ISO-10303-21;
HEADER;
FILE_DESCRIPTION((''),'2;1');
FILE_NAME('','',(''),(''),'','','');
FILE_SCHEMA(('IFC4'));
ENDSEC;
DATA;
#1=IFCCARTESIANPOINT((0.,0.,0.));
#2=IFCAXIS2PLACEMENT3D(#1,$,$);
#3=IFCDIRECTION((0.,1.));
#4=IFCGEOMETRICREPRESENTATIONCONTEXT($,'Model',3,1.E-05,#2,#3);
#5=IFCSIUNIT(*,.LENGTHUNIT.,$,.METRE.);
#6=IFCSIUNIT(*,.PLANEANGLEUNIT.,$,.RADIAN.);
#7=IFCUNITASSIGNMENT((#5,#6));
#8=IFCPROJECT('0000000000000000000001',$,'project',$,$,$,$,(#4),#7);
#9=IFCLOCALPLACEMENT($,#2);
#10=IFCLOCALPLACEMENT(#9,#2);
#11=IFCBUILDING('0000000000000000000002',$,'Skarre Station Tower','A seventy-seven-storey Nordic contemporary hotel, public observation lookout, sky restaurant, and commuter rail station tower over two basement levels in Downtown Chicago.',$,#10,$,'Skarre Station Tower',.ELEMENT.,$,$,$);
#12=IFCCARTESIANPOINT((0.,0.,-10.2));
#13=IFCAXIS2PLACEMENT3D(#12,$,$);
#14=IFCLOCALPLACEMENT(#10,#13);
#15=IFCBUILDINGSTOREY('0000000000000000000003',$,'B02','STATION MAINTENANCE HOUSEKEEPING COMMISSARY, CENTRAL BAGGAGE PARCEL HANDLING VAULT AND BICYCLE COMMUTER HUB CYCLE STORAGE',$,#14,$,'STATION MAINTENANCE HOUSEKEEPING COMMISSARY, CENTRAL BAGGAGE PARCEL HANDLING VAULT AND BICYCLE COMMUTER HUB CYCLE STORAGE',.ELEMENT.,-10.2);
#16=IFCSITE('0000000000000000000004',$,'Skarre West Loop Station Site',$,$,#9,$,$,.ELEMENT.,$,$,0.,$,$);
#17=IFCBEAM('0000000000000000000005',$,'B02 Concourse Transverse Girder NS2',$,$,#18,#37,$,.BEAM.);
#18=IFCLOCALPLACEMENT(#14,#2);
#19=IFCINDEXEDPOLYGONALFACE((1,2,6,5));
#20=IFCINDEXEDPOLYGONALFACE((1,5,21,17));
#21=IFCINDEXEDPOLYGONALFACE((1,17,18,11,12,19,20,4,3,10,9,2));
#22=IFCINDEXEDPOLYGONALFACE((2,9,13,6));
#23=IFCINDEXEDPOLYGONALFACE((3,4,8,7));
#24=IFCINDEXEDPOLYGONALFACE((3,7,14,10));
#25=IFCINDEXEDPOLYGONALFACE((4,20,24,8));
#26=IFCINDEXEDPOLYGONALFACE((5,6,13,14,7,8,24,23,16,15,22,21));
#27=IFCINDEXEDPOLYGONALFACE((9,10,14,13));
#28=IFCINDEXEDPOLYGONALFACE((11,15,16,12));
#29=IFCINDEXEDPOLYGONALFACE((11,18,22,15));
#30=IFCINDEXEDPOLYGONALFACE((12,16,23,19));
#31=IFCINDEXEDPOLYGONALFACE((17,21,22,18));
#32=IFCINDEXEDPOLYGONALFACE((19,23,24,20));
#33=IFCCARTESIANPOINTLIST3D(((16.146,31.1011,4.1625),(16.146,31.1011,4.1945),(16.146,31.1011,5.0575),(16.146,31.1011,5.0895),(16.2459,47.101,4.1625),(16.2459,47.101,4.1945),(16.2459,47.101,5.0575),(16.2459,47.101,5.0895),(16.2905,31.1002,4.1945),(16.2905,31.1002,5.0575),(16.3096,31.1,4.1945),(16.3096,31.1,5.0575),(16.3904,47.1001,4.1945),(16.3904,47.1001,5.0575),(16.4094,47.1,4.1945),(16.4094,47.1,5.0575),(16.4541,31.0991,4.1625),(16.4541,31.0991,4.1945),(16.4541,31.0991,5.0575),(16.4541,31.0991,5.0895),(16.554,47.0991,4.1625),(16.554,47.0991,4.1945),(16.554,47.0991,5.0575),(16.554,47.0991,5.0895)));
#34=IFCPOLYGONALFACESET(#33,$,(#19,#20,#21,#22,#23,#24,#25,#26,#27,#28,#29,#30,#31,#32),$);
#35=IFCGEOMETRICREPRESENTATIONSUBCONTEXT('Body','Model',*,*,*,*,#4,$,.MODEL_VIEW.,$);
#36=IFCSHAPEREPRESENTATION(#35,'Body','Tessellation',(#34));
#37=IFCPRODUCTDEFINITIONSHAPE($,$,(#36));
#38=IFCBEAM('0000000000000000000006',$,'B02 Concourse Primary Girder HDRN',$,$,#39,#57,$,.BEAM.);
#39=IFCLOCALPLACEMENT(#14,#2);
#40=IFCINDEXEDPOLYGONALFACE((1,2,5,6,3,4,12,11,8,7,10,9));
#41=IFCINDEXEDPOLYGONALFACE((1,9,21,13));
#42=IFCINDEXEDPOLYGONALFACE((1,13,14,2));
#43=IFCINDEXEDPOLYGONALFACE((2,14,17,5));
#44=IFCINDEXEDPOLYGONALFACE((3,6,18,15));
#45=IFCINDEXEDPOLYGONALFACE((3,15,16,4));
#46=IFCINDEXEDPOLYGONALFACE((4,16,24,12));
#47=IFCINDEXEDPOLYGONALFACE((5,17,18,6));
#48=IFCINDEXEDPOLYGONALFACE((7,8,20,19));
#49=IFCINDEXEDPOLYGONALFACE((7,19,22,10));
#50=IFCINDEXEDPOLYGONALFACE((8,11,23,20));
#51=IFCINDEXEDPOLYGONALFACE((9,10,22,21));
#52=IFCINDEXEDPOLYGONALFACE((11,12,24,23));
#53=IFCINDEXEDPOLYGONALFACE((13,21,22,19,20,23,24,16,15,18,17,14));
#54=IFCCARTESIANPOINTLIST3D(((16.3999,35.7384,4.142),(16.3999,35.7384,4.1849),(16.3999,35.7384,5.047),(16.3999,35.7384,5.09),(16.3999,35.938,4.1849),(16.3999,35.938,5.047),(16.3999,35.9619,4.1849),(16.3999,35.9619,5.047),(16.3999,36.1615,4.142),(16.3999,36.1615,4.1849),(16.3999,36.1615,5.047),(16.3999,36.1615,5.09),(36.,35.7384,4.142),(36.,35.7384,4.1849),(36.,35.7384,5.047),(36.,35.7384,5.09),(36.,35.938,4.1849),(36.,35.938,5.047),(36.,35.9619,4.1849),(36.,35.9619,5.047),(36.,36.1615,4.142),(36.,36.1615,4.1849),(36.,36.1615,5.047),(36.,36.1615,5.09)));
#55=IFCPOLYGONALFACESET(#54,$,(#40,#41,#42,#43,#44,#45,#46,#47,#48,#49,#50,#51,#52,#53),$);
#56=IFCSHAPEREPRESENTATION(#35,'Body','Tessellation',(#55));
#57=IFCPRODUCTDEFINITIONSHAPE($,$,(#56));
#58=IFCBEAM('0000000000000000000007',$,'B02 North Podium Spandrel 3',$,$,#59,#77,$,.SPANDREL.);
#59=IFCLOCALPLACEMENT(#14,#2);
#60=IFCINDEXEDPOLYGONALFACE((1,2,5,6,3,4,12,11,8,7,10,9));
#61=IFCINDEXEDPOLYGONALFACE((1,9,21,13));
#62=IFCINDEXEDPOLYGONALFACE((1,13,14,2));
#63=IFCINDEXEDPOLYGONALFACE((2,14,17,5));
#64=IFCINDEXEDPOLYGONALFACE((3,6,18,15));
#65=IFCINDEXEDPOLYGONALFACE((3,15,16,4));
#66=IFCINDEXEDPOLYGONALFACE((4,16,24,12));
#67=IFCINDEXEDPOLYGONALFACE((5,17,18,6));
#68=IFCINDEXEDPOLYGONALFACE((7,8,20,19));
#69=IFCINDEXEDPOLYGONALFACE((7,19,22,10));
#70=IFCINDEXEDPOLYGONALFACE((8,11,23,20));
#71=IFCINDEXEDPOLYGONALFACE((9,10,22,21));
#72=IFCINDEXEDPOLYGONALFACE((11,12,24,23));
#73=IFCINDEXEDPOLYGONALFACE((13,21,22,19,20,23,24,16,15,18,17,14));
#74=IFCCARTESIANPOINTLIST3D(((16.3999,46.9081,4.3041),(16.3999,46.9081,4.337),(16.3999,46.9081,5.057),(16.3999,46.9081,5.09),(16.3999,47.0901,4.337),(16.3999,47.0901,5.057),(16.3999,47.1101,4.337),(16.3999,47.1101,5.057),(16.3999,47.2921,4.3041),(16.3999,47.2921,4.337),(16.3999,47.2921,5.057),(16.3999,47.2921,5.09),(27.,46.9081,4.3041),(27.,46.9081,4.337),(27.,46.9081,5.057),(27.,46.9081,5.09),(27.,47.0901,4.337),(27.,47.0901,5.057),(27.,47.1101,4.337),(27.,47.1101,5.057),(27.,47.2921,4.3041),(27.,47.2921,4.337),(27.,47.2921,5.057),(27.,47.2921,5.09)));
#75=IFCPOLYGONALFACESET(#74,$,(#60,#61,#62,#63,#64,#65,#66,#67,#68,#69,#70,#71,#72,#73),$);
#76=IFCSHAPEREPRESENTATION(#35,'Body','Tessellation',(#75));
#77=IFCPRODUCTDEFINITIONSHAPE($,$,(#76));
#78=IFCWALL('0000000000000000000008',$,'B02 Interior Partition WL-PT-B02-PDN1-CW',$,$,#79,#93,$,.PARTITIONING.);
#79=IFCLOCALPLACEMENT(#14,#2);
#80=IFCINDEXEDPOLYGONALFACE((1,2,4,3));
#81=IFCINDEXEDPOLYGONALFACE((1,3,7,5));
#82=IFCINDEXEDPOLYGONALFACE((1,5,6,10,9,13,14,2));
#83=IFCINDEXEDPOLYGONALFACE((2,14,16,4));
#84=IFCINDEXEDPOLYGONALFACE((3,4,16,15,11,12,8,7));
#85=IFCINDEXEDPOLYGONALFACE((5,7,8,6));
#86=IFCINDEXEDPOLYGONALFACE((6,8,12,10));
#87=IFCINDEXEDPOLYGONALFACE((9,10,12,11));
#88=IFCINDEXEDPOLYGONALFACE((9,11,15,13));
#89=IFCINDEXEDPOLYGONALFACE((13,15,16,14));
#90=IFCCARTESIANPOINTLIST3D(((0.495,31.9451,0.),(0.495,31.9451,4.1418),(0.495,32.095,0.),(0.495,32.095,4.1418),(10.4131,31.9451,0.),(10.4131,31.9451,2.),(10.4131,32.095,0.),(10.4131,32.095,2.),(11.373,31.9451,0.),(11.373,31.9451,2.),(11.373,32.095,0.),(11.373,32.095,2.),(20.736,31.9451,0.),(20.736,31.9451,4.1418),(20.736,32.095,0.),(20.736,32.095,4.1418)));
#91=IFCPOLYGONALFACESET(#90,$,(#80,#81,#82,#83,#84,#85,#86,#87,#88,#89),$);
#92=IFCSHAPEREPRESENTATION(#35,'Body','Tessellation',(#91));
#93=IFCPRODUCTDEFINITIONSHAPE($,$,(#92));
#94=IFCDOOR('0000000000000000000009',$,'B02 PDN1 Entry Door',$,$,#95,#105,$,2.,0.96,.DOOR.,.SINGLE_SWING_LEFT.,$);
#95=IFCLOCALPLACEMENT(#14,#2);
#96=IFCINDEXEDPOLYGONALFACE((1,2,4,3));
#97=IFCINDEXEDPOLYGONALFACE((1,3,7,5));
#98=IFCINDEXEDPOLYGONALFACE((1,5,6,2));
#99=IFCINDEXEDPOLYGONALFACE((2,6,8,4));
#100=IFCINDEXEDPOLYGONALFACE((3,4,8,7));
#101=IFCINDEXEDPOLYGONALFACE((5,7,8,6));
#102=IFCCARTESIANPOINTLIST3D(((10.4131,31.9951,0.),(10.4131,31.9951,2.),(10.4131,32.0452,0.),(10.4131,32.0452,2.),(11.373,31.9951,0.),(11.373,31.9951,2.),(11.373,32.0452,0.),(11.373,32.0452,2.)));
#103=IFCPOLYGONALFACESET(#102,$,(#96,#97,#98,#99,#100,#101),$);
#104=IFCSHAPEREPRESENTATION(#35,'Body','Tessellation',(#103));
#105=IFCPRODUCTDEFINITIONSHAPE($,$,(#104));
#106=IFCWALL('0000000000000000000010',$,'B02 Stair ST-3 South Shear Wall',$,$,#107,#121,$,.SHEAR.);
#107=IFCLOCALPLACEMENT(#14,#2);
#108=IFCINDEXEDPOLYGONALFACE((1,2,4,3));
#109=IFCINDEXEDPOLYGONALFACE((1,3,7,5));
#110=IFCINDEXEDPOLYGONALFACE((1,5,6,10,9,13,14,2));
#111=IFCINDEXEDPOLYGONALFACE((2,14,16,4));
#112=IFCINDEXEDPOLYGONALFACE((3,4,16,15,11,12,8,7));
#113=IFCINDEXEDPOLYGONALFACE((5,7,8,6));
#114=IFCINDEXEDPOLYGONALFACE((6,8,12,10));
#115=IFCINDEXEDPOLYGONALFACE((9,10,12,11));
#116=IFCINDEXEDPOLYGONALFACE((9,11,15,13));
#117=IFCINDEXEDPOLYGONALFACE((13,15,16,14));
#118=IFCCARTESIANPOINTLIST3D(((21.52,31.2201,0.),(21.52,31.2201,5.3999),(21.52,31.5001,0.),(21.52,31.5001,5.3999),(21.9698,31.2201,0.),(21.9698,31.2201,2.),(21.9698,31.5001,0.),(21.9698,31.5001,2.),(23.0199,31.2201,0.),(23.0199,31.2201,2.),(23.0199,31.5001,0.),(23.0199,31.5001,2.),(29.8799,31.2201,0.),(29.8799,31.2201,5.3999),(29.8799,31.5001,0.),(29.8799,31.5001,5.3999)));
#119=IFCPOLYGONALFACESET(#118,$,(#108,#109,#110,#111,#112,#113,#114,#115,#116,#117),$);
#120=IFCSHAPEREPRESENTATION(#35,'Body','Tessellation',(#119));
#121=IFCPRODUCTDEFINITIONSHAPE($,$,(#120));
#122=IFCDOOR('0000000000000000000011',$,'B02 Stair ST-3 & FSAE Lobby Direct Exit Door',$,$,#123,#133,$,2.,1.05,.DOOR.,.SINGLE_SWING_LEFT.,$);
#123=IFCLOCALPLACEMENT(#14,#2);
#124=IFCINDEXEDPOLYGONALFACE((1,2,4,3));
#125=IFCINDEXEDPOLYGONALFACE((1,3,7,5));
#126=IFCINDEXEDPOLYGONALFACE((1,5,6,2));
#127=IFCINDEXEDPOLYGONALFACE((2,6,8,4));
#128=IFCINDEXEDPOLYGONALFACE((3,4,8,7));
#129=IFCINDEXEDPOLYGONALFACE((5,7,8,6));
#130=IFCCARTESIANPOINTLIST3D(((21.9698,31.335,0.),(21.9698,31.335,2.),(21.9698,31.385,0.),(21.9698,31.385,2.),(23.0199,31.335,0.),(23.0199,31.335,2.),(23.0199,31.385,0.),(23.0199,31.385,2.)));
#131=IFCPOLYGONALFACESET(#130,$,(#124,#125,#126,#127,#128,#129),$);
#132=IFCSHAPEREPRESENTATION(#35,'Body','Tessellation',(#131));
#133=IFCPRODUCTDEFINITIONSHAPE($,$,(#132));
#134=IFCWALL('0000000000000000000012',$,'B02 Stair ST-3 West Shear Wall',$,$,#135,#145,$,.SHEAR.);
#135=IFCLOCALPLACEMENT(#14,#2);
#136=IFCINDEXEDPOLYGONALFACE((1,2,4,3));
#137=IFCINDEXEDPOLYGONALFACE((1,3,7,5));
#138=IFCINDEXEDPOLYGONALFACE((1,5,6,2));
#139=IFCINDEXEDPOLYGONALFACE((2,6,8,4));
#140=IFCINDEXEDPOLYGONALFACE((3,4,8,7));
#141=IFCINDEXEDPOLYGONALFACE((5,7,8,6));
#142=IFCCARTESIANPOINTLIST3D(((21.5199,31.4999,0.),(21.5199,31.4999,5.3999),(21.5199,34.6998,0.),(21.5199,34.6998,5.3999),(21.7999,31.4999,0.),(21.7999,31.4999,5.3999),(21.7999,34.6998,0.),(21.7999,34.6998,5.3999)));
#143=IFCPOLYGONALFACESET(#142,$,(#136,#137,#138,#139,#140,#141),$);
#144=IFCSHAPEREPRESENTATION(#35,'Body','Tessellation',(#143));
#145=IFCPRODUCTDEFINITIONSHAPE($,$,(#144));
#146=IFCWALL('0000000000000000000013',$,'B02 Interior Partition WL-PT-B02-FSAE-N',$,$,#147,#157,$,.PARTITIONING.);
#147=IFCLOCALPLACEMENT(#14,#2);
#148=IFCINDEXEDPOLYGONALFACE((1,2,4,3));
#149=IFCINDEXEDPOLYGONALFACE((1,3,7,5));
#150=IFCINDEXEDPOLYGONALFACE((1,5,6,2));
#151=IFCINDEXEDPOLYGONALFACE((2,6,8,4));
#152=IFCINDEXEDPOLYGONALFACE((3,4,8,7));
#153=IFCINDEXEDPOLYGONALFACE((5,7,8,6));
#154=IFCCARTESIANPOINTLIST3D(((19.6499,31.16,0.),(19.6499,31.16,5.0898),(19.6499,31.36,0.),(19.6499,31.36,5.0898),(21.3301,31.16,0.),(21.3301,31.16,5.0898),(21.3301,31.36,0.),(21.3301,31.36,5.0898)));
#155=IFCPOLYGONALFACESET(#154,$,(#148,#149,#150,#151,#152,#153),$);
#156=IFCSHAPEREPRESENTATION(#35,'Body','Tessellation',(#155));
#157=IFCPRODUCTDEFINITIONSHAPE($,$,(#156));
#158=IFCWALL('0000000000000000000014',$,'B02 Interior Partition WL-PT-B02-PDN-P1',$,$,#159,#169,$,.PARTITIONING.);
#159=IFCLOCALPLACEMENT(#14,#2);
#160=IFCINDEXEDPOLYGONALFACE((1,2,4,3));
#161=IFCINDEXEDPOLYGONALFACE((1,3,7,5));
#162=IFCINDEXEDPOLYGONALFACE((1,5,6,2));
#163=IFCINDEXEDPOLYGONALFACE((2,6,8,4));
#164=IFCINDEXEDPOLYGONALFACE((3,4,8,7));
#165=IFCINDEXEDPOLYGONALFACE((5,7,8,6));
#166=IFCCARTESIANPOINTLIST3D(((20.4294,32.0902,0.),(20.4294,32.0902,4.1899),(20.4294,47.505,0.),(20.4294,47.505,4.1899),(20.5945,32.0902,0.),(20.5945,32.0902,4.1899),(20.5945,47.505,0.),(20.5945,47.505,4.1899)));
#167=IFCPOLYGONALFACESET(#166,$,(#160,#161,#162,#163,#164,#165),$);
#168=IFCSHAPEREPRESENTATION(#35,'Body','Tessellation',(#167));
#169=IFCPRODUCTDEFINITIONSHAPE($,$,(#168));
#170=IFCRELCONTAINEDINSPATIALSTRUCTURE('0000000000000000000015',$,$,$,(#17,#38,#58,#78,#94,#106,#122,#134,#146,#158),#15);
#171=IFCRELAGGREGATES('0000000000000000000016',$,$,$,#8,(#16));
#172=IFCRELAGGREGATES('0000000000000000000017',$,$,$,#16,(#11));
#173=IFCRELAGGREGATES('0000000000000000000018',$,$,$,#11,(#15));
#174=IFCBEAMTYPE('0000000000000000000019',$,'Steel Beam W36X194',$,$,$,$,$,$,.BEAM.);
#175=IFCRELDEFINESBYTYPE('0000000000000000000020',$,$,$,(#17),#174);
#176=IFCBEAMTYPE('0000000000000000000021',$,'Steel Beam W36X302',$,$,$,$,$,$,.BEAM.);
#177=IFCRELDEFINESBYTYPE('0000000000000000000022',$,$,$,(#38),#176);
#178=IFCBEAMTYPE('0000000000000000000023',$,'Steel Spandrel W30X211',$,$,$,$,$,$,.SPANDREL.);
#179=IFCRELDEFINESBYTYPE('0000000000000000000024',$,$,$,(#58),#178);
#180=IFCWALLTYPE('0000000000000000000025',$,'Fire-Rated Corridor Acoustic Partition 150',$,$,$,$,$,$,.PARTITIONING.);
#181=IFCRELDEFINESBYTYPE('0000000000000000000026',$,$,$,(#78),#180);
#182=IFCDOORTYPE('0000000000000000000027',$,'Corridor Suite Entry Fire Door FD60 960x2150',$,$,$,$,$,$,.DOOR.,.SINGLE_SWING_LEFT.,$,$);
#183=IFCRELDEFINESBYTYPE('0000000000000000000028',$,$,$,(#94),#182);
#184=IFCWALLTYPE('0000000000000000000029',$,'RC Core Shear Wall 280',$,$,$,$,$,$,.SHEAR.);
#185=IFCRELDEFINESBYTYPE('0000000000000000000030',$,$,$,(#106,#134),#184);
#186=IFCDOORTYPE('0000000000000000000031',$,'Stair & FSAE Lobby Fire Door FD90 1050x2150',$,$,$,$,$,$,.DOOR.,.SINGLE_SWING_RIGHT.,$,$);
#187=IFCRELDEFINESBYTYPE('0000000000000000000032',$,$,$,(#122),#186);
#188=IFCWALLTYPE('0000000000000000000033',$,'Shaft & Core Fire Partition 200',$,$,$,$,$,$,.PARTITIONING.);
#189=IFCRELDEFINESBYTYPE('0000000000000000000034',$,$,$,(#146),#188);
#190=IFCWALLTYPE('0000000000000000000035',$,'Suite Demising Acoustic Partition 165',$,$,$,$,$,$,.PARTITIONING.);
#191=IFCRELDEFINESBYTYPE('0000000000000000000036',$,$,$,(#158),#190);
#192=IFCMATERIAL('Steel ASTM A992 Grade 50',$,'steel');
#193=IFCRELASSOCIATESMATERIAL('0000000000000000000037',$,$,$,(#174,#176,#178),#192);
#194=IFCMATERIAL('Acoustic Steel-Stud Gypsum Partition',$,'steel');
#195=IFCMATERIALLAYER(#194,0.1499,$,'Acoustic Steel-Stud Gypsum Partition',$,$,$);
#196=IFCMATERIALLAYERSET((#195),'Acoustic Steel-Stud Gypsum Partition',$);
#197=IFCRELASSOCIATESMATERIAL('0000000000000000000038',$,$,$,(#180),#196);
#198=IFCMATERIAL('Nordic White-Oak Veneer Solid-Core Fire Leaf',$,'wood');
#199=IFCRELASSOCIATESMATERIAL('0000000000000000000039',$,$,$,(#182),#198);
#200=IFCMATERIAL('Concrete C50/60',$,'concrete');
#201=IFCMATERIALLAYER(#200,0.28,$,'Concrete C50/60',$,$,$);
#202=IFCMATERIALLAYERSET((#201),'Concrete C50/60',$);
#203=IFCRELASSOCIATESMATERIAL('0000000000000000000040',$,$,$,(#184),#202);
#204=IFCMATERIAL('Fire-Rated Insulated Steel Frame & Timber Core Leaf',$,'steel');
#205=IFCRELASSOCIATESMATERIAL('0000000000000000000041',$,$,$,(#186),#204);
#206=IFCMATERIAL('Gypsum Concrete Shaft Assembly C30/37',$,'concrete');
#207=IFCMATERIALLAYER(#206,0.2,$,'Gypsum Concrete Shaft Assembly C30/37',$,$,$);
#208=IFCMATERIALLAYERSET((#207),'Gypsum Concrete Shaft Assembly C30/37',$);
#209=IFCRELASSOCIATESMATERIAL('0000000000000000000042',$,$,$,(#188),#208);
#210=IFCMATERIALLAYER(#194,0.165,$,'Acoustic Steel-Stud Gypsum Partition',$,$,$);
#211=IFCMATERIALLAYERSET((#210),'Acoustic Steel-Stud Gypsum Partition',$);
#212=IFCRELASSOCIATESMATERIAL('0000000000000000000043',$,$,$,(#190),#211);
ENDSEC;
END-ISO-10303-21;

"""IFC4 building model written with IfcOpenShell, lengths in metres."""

from ifc_helpers import new_model, si_unit, direction, frame, frame_2d, origin, origin_2d, place, context, subcontext, project, spatial, rectangle, i_section, extrude, material, layer, layer_set, material_profile, profile_set, type_object, element, fill, save


model = new_model("IFC4")

# Units and contexts
model_context = context("Model", 3, precision=1e-05, world=origin(), true_north=direction((0.0, 1.0)))
body_context = subcontext(model_context, "Body", "Model", "MODEL_VIEW")
ifc_project = project(units=[si_unit("LENGTHUNIT", "METRE"), si_unit("PLANEANGLEUNIT", "RADIAN")], contexts=[model_context])

# Site, building, storey
site_placement = place(None, origin())
site = spatial("IfcSite", under=ifc_project, at=site_placement, Name="Skarre West Loop Station Site", CompositionType="ELEMENT", RefElevation=0.0)
building_placement = place(site_placement, origin())
building = spatial("IfcBuilding", under=site, at=building_placement, Name="Skarre Station Tower", Description="A seventy-seven-storey Nordic contemporary hotel, public observation lookout, sky restaurant, and commuter rail station tower over two basement levels in Downtown Chicago.", LongName="Skarre Station Tower", CompositionType="ELEMENT")
storey_placement = place(building_placement, frame((0.0, 0.0, -10.2)))
storey = spatial("IfcBuildingStorey", under=building, at=storey_placement, Name="B02", Description="STATION MAINTENANCE HOUSEKEEPING COMMISSARY, CENTRAL BAGGAGE PARCEL HANDLING VAULT AND BICYCLE COMMUTER HUB CYCLE STORAGE", LongName="STATION MAINTENANCE HOUSEKEEPING COMMISSARY, CENTRAL BAGGAGE PARCEL HANDLING VAULT AND BICYCLE COMMUTER HUB CYCLE STORAGE", CompositionType="ELEMENT", Elevation=-10.2)

# Shared definitions
ifc_material_1 = material(Name="Concrete C50/60", Category="concrete")

# Beams
ifc_material_2 = material(Name="Steel ASTM A992 Grade 50", Category="steel")
ifc_material_profile_1 = material_profile(ifc_material_2, i_section(OverallWidth=0.3081, OverallDepth=0.927, WebThickness=0.019, FlangeThickness=0.032, at=origin_2d()), Name="Steel ASTM A992 Grade 50")
ifc_profile_set_1 = profile_set([ifc_material_profile_1], Name="Steel ASTM A992 Grade 50")
beam_type_1 = type_object("IfcBeamType", Name="Steel Beam W36X194", PredefinedType="BEAM", material=ifc_profile_set_1)
beam_1_placement = place(storey_placement, frame((16.3, 31.1001, 4.626), z_axis=(0.006241, 0.999981, 0.0), x_axis=(-0.999981, 0.006241, 0.0)))
element("IfcBeam", 1, at=beam_1_placement, inside=storey, type_object=beam_type_1, Name="B02 Concourse Transverse Girder NS2", PredefinedType="BEAM", context=body_context, shape_type="SweptSolid", body=[
    extrude(i_section(OverallWidth=0.3081, OverallDepth=0.927, WebThickness=0.019, FlangeThickness=0.032, at=origin_2d()), origin(), (0.0, 0.0, 1.0), 16.0002),
])
ifc_material_profile_2 = material_profile(ifc_material_2, i_section(OverallWidth=0.4231, OverallDepth=0.948, WebThickness=0.0239, FlangeThickness=0.043, at=origin_2d()), Name="Steel ASTM A992 Grade 50")
ifc_profile_set_2 = profile_set([ifc_material_profile_2], Name="Steel ASTM A992 Grade 50")
beam_type_2 = type_object("IfcBeamType", Name="Steel Beam W36X302", PredefinedType="BEAM", material=ifc_profile_set_2)
beam_2_placement = place(storey_placement, frame((16.3999, 35.95, 4.616), z_axis=(1.0, 0.0, 0.0), x_axis=(0.0, 1.0, 0.0)))
element("IfcBeam", 2, at=beam_2_placement, inside=storey, type_object=beam_type_2, Name="B02 Concourse Primary Girder HDRN", PredefinedType="BEAM", context=body_context, shape_type="SweptSolid", body=[
    extrude(i_section(OverallWidth=0.4231, OverallDepth=0.948, WebThickness=0.0239, FlangeThickness=0.043, at=origin_2d()), origin(), (0.0, 0.0, 1.0), 19.6001),
])
ifc_material_profile_3 = material_profile(ifc_material_2, i_section(OverallWidth=0.384, OverallDepth=0.7859, WebThickness=0.02, FlangeThickness=0.033, at=origin_2d()), Name="Steel ASTM A992 Grade 50")
ifc_profile_set_3 = profile_set([ifc_material_profile_3], Name="Steel ASTM A992 Grade 50")
beam_type_3 = type_object("IfcBeamType", Name="Steel Spandrel W30X211", PredefinedType="SPANDREL", material=ifc_profile_set_3)
beam_3_placement = place(storey_placement, frame((16.3999, 47.1001, 4.697), z_axis=(1.0, 0.0, 0.0), x_axis=(0.0, 1.0, 0.0)))
element("IfcBeam", 3, at=beam_3_placement, inside=storey, type_object=beam_type_3, Name="B02 North Podium Spandrel 3", PredefinedType="SPANDREL", context=body_context, shape_type="SweptSolid", body=[
    extrude(i_section(OverallWidth=0.384, OverallDepth=0.7859, WebThickness=0.02, FlangeThickness=0.033, at=origin_2d()), origin(), (0.0, 0.0, 1.0), 10.6001),
])

# Walls, openings, doors
ifc_material_3 = material(Name="Acoustic Steel-Stud Gypsum Partition", Category="steel")
ifc_layer_1 = layer(ifc_material_3, 0.1499, Name="Acoustic Steel-Stud Gypsum Partition")
ifc_layer_set_1 = layer_set([ifc_layer_1], Name="Acoustic Steel-Stud Gypsum Partition")
wall_type_1 = type_object("IfcWallType", Name="Fire-Rated Corridor Acoustic Partition 150", PredefinedType="PARTITIONING", material=ifc_layer_set_1)
wall_1_placement = place(storey_placement, frame((20.7361, 32.02, 0.0), z_axis=(0.0, 0.0, 1.0), x_axis=(-1.0, 0.0, 0.0)))
wall_1 = element("IfcWall", 4, at=wall_1_placement, inside=storey, type_object=wall_type_1, Name="B02 Interior Partition WL-PT-B02-PDN1-CW", PredefinedType="PARTITIONING", context=body_context, shape_type="SweptSolid", body=[
    extrude(rectangle(XDim=20.241, YDim=0.1499, at=frame_2d((10.1206, 0.0))), origin(), (0.0, 0.0, 1.0), 4.1418),
])
opening_1_placement = place(wall_1_placement, frame((9.363, 0.0, 0.0)))
opening_1 = element("IfcOpeningElement", 5, at=opening_1_placement, cuts=wall_1, PredefinedType="OPENING", context=body_context, shape_type="SweptSolid", body=[
    extrude(rectangle(XDim=0.96, YDim=2.0, at=frame_2d((0.48, 1.0))), frame((0.0, 0.085, 0.0), z_axis=(0.0, -1.0, 0.0), x_axis=(1.0, 0.0, 0.0)), (0.0, 0.0, 1.0), 0.1699),
])
ifc_material_4 = material(Name="Nordic White-Oak Veneer Solid-Core Fire Leaf", Category="wood")
door_type_1 = type_object("IfcDoorType", Name="Corridor Suite Entry Fire Door FD60 960x2150", OperationType="SINGLE_SWING_LEFT", PredefinedType="DOOR", material=ifc_material_4)
door_1_placement = place(opening_1_placement, origin())
door_1 = element("IfcDoor", 6, at=door_1_placement, inside=storey, type_object=door_type_1, Name="B02 PDN1 Entry Door", OperationType="SINGLE_SWING_LEFT", OverallHeight=2.0, OverallWidth=0.96, PredefinedType="DOOR", context=body_context, shape_type="SweptSolid", body=[
    extrude(rectangle(XDim=0.96, YDim=2.0, at=frame_2d((0.48, 1.0))), frame((0.0, 0.0249, 0.0), z_axis=(0.0, -1.0, 0.0), x_axis=(1.0, 0.0, 0.0)), (0.0, 0.0, 1.0), 0.05),
])
fill(opening_1, door_1)
ifc_layer_2 = layer(ifc_material_1, 0.28, Name="Concrete C50/60")
ifc_layer_set_2 = layer_set([ifc_layer_2], Name="Concrete C50/60")
wall_type_2 = type_object("IfcWallType", Name="RC Core Shear Wall 280", PredefinedType="SHEAR", material=ifc_layer_set_2)
wall_2_placement = place(storey_placement, frame((21.52, 31.3601, 0.0), z_axis=(0.0, 0.0, 1.0), x_axis=(1.0, 0.0, 0.0)))
wall_2 = element("IfcWall", 7, at=wall_2_placement, inside=storey, type_object=wall_type_2, Name="B02 Stair ST-3 South Shear Wall", PredefinedType="SHEAR", context=body_context, shape_type="SweptSolid", body=[
    extrude(rectangle(XDim=8.3599, YDim=0.28, at=frame_2d((4.1799, 0.0))), origin(), (0.0, 0.0, 1.0), 5.3999),
])
opening_2_placement = place(wall_2_placement, frame((0.45, 0.0, 0.0)))
opening_2 = element("IfcOpeningElement", 8, at=opening_2_placement, cuts=wall_2, PredefinedType="OPENING", context=body_context, shape_type="SweptSolid", body=[
    extrude(rectangle(XDim=1.05, YDim=2.0, at=frame_2d((0.5249, 1.0))), frame((0.0, 0.1499, 0.0), z_axis=(0.0, -1.0, 0.0), x_axis=(1.0, 0.0, 0.0)), (0.0, 0.0, 1.0), 0.3),
])
ifc_material_5 = material(Name="Fire-Rated Insulated Steel Frame & Timber Core Leaf", Category="steel")
door_type_2 = type_object("IfcDoorType", Name="Stair & FSAE Lobby Fire Door FD90 1050x2150", OperationType="SINGLE_SWING_RIGHT", PredefinedType="DOOR", material=ifc_material_5)
door_2_placement = place(opening_2_placement, origin())
door_2 = element("IfcDoor", 9, at=door_2_placement, inside=storey, type_object=door_type_2, Name="B02 Stair ST-3 & FSAE Lobby Direct Exit Door", OperationType="SINGLE_SWING_LEFT", OverallHeight=2.0, OverallWidth=1.05, PredefinedType="DOOR", context=body_context, shape_type="SweptSolid", body=[
    extrude(rectangle(XDim=1.05, YDim=2.0, at=frame_2d((0.5249, 1.0))), frame((0.0, 0.0249, 0.0), z_axis=(0.0, -1.0, 0.0), x_axis=(1.0, 0.0, 0.0)), (0.0, 0.0, 1.0), 0.05),
])
fill(opening_2, door_2)

# Walls
wall_3_placement = place(storey_placement, frame((21.6599, 34.7, 0.0), z_axis=(0.0, 0.0, 1.0), x_axis=(0.0, -1.0, 0.0)))
element("IfcWall", 10, at=wall_3_placement, inside=storey, type_object=wall_type_2, Name="B02 Stair ST-3 West Shear Wall", PredefinedType="SHEAR", context=body_context, shape_type="SweptSolid", body=[
    extrude(rectangle(XDim=3.2, YDim=0.28, at=frame_2d((1.6001, 0.0))), origin(), (0.0, 0.0, 1.0), 5.3999),
])
ifc_material_6 = material(Name="Gypsum Concrete Shaft Assembly C30/37", Category="concrete")
ifc_layer_3 = layer(ifc_material_6, 0.2, Name="Gypsum Concrete Shaft Assembly C30/37")
ifc_layer_set_3 = layer_set([ifc_layer_3], Name="Gypsum Concrete Shaft Assembly C30/37")
wall_type_3 = type_object("IfcWallType", Name="Shaft & Core Fire Partition 200", PredefinedType="PARTITIONING", material=ifc_layer_set_3)
wall_4_placement = place(storey_placement, frame((21.3301, 31.26, 0.0), z_axis=(0.0, 0.0, 1.0), x_axis=(-1.0, 0.0, 0.0)))
element("IfcWall", 11, at=wall_4_placement, inside=storey, type_object=wall_type_3, Name="B02 Interior Partition WL-PT-B02-FSAE-N", PredefinedType="PARTITIONING", context=body_context, shape_type="SweptSolid", body=[
    extrude(rectangle(XDim=1.6802, YDim=0.2, at=frame_2d((0.8401, 0.0))), origin(), (0.0, 0.0, 1.0), 5.0898),
])
ifc_layer_4 = layer(ifc_material_3, 0.165, Name="Acoustic Steel-Stud Gypsum Partition")
ifc_layer_set_4 = layer_set([ifc_layer_4], Name="Acoustic Steel-Stud Gypsum Partition")
wall_type_4 = type_object("IfcWallType", Name="Suite Demising Acoustic Partition 165", PredefinedType="PARTITIONING", material=ifc_layer_set_4)
wall_5_placement = place(storey_placement, frame((20.512, 32.0901, 0.0), z_axis=(0.0, 0.0, 1.0), x_axis=(0.0, 1.0, 0.0)))
element("IfcWall", 12, at=wall_5_placement, inside=storey, type_object=wall_type_4, Name="B02 Interior Partition WL-PT-B02-PDN-P1", PredefinedType="PARTITIONING", context=body_context, shape_type="SweptSolid", body=[
    extrude(rectangle(XDim=15.4148, YDim=0.165, at=frame_2d((7.7075, 0.0))), origin(), (0.0, 0.0, 1.0), 4.1899),
])

save(model, "model.ifc")
